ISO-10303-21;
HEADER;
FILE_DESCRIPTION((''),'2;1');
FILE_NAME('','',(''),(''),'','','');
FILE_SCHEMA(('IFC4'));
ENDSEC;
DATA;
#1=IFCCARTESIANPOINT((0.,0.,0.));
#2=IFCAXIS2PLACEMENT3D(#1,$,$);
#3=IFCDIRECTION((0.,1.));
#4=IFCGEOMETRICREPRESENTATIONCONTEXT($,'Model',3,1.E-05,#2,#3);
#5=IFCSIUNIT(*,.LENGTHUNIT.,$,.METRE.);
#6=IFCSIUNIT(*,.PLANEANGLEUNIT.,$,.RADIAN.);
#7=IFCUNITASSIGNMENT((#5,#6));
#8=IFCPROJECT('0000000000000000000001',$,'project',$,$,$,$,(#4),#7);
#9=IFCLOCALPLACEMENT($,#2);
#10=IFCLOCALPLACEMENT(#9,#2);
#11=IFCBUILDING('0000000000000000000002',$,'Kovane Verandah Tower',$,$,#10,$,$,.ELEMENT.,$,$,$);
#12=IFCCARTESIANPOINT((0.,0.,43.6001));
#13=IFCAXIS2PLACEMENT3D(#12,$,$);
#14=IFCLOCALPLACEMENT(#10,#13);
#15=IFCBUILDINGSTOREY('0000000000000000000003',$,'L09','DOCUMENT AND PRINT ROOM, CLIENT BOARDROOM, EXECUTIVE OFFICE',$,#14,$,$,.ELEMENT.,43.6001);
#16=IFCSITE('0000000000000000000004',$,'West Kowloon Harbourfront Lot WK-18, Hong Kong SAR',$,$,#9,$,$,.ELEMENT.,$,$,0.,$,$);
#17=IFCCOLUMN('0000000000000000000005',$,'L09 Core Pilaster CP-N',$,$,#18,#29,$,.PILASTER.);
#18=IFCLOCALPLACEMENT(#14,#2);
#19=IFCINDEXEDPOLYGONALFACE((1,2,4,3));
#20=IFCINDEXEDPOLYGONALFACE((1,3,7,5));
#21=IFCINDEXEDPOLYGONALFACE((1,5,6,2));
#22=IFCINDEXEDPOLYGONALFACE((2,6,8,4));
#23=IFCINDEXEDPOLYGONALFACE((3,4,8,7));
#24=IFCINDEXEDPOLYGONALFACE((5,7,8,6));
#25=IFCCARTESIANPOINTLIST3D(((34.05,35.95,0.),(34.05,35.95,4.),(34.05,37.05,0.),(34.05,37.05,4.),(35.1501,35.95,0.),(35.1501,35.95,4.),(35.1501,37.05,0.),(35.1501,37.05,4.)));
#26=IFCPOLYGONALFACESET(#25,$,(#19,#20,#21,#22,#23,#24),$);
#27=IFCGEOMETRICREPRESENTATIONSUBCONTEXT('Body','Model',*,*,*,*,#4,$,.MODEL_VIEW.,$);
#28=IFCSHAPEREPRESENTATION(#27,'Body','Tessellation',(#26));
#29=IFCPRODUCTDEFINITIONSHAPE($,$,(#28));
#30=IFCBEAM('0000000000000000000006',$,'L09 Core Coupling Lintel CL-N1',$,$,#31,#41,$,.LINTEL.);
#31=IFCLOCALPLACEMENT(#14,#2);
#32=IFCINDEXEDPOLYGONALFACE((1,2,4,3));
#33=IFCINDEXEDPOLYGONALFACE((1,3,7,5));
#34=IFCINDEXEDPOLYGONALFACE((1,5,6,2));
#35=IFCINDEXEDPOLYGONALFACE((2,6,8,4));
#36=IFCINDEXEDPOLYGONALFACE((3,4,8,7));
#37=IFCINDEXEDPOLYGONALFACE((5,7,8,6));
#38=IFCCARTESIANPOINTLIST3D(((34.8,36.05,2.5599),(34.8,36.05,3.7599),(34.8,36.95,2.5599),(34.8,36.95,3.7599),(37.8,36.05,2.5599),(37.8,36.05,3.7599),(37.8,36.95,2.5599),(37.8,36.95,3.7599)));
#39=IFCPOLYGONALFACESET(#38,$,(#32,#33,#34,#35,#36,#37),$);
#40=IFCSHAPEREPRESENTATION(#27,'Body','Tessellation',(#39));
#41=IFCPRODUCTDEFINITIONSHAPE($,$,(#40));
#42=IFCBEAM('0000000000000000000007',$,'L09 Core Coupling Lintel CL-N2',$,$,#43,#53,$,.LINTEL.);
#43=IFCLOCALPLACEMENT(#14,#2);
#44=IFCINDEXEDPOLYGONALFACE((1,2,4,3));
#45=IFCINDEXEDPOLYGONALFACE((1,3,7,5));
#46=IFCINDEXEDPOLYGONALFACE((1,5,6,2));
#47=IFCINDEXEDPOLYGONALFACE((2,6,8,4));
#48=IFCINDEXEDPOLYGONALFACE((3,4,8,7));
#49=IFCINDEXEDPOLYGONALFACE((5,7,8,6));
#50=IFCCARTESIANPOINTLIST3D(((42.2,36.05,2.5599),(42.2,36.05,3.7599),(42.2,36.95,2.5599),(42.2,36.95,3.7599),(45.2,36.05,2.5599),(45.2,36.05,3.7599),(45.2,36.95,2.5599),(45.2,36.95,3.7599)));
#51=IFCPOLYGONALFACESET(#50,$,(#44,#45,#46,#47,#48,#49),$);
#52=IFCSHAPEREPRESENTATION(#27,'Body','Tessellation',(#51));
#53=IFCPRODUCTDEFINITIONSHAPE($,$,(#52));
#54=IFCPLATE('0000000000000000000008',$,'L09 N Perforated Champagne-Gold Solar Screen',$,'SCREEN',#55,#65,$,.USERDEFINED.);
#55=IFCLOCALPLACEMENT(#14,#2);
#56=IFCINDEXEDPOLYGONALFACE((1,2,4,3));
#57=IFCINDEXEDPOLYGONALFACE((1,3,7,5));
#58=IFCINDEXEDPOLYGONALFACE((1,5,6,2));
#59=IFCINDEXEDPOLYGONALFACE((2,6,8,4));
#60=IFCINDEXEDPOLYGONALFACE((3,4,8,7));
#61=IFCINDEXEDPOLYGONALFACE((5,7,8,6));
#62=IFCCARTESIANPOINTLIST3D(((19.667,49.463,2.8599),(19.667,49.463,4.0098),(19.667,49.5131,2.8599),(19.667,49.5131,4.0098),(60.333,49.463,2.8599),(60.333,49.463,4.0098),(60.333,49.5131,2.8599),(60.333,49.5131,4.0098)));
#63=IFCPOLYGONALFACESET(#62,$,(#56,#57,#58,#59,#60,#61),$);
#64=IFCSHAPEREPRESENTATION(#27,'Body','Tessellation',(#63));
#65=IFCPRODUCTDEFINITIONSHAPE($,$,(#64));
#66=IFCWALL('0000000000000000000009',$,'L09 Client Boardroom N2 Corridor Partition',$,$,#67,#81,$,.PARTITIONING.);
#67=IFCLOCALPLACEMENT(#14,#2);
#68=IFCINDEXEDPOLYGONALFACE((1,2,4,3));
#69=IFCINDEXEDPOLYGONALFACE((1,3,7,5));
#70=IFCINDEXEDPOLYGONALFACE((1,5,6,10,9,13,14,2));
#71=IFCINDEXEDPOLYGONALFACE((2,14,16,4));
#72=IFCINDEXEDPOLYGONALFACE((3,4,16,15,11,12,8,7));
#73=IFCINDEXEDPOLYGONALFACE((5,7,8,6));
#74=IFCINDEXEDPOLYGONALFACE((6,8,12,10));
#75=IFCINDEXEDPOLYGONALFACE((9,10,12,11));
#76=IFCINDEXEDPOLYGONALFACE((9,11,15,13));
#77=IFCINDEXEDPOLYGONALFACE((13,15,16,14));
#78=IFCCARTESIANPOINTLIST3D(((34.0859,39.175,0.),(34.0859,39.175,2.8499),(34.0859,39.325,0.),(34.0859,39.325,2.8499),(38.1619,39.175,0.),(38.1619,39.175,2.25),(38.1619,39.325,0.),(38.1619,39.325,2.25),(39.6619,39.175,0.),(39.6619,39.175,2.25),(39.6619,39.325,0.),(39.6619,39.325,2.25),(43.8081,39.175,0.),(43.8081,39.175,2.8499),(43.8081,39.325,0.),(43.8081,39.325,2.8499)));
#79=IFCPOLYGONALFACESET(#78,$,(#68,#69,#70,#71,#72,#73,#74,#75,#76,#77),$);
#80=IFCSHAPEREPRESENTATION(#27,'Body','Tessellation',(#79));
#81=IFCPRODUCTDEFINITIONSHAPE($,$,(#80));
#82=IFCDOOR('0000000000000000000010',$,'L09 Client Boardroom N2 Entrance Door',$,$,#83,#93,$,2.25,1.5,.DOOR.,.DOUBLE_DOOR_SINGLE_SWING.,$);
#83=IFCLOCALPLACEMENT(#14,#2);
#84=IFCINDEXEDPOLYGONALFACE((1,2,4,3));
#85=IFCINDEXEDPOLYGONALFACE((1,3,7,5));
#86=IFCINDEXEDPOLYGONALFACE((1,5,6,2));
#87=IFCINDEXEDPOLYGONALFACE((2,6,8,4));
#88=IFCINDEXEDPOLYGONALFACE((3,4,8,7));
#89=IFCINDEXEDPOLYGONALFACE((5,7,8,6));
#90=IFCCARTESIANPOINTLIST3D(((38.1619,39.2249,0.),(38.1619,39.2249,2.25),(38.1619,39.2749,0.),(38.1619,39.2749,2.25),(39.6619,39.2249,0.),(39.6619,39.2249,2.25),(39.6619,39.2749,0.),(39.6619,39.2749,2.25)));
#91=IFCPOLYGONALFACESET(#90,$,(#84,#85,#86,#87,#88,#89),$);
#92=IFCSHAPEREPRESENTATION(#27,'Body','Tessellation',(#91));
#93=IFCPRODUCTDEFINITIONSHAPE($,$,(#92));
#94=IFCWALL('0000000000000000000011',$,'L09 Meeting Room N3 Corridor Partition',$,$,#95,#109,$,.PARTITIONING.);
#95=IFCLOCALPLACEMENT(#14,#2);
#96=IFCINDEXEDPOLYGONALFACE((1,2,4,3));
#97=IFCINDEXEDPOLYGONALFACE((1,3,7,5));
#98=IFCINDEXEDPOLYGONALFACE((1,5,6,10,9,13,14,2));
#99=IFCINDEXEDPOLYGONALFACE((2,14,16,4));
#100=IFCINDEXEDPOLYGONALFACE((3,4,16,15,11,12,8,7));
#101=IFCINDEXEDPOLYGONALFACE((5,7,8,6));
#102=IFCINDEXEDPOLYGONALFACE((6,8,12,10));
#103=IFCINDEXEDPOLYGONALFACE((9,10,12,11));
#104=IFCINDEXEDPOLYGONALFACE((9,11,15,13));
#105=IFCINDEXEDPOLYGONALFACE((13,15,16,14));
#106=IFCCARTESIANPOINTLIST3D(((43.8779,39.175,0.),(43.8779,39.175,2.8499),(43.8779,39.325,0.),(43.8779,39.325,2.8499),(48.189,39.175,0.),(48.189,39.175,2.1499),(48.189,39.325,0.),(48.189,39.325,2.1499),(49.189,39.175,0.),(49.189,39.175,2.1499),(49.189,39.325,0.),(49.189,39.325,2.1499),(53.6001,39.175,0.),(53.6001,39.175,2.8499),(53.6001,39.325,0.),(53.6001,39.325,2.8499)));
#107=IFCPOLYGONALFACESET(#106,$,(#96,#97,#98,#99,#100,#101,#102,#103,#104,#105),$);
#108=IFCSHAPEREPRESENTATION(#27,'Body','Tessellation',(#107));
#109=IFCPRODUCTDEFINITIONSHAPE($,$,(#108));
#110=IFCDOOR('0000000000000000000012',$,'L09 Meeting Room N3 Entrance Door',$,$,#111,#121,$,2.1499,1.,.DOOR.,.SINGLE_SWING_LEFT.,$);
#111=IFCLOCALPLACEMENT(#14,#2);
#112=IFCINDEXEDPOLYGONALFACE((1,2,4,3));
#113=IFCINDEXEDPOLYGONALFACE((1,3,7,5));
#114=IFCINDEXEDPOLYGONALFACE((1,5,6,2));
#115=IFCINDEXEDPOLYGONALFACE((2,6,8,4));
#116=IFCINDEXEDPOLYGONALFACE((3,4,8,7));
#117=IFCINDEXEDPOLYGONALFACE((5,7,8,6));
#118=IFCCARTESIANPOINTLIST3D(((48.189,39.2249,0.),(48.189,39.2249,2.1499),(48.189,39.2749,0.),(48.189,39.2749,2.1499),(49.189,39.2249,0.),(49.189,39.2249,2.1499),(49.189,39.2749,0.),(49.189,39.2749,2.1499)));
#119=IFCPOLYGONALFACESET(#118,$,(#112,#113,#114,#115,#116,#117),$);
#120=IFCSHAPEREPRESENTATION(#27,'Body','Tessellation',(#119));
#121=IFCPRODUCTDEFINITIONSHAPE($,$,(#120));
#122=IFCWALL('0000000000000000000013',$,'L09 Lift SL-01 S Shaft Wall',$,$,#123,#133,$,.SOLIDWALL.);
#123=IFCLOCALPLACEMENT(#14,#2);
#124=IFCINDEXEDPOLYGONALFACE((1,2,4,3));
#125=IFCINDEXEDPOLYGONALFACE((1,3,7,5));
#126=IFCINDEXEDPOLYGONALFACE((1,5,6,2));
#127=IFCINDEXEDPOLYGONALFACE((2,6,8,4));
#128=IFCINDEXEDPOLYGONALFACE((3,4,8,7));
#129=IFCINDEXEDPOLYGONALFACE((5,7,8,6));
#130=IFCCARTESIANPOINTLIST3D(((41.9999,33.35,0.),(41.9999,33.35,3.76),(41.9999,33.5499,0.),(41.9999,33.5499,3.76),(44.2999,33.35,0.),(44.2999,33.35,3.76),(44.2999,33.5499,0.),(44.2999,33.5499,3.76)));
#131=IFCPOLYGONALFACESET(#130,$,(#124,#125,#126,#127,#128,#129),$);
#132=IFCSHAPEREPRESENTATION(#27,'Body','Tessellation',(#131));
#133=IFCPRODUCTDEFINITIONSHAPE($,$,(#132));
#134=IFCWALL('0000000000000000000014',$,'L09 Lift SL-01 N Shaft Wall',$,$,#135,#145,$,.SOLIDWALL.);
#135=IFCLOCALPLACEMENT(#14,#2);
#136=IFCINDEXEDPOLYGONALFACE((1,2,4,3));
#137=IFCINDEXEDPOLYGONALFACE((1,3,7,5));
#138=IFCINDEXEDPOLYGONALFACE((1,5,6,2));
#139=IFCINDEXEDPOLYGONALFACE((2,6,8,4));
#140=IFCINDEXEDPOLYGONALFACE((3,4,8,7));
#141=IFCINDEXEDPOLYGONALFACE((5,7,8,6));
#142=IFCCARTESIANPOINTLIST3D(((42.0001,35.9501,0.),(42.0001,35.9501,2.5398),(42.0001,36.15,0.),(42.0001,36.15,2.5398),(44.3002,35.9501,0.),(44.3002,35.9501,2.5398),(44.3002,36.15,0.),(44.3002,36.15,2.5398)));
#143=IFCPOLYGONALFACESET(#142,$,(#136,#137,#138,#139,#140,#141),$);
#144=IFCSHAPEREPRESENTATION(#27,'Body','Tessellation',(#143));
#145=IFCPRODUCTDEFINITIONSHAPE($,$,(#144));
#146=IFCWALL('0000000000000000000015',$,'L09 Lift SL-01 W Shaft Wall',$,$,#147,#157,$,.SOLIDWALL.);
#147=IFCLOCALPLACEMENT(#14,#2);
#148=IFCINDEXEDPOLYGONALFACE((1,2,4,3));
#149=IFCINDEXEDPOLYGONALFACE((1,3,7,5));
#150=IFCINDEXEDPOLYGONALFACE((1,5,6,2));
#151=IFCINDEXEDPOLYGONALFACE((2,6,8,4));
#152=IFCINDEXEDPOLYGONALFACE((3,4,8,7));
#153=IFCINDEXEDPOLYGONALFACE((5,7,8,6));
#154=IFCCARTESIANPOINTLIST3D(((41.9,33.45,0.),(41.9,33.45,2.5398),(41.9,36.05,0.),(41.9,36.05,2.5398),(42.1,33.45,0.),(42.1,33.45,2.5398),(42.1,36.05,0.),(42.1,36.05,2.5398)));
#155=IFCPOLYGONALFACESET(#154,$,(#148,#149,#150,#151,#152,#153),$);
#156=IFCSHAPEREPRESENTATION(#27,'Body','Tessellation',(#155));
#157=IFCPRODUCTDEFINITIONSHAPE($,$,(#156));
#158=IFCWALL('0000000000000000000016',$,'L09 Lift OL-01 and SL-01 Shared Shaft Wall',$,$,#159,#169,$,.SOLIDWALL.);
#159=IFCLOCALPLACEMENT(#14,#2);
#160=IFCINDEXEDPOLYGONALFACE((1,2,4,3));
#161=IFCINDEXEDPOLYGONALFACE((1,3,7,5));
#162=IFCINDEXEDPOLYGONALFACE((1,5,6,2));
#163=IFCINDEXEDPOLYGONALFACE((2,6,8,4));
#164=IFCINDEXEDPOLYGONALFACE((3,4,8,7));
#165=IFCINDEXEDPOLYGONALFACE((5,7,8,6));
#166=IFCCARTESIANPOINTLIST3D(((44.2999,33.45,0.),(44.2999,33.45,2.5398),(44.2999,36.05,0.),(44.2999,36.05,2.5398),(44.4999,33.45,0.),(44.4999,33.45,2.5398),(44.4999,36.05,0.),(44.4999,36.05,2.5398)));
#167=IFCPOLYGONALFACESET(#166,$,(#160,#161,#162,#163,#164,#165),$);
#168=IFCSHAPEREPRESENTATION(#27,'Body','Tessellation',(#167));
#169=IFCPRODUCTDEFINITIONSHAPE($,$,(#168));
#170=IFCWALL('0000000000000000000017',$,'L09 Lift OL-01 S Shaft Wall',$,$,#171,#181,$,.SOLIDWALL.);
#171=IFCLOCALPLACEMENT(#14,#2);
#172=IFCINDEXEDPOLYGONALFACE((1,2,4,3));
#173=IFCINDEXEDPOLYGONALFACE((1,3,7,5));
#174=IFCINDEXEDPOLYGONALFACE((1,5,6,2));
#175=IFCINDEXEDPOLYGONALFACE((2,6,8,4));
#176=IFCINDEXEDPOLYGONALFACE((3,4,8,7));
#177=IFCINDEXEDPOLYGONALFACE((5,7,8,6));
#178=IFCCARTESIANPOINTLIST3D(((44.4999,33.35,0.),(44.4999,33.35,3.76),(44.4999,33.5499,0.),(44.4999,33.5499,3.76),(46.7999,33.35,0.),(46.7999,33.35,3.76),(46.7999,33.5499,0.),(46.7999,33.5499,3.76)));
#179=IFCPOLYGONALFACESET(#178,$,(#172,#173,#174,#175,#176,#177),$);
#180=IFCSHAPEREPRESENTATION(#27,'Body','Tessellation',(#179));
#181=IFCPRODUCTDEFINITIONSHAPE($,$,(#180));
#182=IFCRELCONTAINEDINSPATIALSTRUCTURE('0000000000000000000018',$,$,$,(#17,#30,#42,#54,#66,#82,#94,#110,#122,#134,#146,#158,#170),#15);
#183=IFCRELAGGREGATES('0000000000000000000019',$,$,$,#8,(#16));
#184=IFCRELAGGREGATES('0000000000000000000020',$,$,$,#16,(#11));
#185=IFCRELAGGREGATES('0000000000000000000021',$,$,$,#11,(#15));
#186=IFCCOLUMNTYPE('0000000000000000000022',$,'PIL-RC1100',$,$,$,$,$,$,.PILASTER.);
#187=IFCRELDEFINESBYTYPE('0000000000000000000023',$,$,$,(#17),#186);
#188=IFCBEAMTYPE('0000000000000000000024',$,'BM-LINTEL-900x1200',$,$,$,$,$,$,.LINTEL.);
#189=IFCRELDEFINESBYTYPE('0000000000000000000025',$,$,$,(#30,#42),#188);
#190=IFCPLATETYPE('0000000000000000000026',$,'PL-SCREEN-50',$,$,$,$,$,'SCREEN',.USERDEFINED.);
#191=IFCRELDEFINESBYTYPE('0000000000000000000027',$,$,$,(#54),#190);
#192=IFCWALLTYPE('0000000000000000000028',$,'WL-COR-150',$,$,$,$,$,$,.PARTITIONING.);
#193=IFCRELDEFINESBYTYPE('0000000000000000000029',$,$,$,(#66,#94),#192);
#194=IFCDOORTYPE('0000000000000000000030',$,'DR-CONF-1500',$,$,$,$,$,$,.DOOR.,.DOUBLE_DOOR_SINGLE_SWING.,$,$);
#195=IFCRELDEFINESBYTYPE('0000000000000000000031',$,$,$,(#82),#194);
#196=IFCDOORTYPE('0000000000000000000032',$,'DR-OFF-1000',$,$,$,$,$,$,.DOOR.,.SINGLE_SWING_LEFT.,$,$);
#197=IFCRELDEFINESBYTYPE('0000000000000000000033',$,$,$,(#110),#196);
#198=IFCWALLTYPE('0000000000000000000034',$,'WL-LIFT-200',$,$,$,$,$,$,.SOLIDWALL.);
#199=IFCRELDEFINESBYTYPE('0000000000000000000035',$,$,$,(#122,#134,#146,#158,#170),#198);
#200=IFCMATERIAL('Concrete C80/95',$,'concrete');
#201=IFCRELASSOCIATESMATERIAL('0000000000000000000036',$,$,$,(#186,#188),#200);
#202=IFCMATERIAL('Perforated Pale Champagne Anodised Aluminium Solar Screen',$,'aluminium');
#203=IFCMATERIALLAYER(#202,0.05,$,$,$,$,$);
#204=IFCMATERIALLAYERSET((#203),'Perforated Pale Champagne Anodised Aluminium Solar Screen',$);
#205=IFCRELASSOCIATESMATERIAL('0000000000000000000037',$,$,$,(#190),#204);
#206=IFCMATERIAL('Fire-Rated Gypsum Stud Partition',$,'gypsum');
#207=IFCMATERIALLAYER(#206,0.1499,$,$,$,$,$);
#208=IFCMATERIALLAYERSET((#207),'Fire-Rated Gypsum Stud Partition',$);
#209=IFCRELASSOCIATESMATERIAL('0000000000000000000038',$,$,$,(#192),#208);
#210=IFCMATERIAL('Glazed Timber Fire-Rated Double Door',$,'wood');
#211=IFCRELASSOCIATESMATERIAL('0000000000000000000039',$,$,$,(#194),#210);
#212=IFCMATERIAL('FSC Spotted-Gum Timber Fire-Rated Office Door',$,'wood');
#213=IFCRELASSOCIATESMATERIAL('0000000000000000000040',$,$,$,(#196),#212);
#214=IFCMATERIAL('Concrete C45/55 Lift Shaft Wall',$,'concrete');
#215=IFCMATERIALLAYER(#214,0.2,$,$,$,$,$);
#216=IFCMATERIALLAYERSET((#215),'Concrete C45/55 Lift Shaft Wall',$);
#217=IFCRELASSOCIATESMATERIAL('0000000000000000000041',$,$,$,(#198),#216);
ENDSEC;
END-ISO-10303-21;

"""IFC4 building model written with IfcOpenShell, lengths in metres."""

from ifc_helpers import new_model, si_unit, direction, frame, frame_2d, origin, origin_2d, place, context, subcontext, project, spatial, rectangle, extrude, material, layer, layer_set, material_profile, profile_set, type_object, element, fill, save


model = new_model("IFC4")

# Units and contexts
model_context = context("Model", 3, precision=1e-05, world=origin(), true_north=direction((0.0, 1.0)))
body_context = subcontext(model_context, "Body", "Model", "MODEL_VIEW")
ifc_project = project(units=[si_unit("LENGTHUNIT", "METRE"), si_unit("PLANEANGLEUNIT", "RADIAN")], contexts=[model_context])

# Site, building, storey
site_placement = place(None, origin())
site = spatial("IfcSite", under=ifc_project, at=site_placement, Name="West Kowloon Harbourfront Lot WK-18, Hong Kong SAR", CompositionType="ELEMENT", RefElevation=0.0)
building_placement = place(site_placement, origin())
building = spatial("IfcBuilding", under=site, at=building_placement, Name="Kovane Verandah Tower", CompositionType="ELEMENT")
storey_placement = place(building_placement, frame((0.0, 0.0, 43.6001)))
storey = spatial("IfcBuildingStorey", under=building, at=storey_placement, Name="L09", Description="DOCUMENT AND PRINT ROOM, CLIENT BOARDROOM, EXECUTIVE OFFICE", CompositionType="ELEMENT", Elevation=43.6001)

# Column
ifc_material_1 = material(Name="Concrete C80/95", Category="concrete")
ifc_material_profile_1 = material_profile(ifc_material_1, rectangle(XDim=1.1001, YDim=1.1001, at=origin_2d()), Name="RC1100x1100")
ifc_profile_set_1 = profile_set([ifc_material_profile_1], Name="Concrete C80/95")
column_type = type_object("IfcColumnType", Name="PIL-RC1100", PredefinedType="PILASTER", material=ifc_profile_set_1)
column_placement = place(storey_placement, frame((34.6001, 36.5, 0.0), z_axis=(0.0, 0.0, 1.0), x_axis=(1.0, 0.0, 0.0)))
element("IfcColumn", 1, at=column_placement, inside=storey, type_object=column_type, Name="L09 Core Pilaster CP-N", PredefinedType="PILASTER", context=body_context, shape_type="SweptSolid", body=[
    extrude(rectangle(XDim=1.1001, YDim=1.1001, at=origin_2d()), origin(), (0.0, 0.0, 1.0), 4.0),
])

# Beams
ifc_material_profile_2 = material_profile(ifc_material_1, rectangle(XDim=0.8999, YDim=1.2, at=origin_2d()), Name="RCB900x1200")
ifc_profile_set_2 = profile_set([ifc_material_profile_2], Name="Concrete C80/95")
beam_type = type_object("IfcBeamType", Name="BM-LINTEL-900x1200", PredefinedType="LINTEL", material=ifc_profile_set_2)
for number, where, z_axis, x_axis, name in (
    (2, (34.8, 36.5, 3.1599), (1.0, 0.0, 0.0), (0.0, 1.0, 0.0), "L09 Core Coupling Lintel CL-N1"),
    (3, (42.2, 36.5, 3.1599), (1.0, 0.0, 0.0), (0.0, 1.0, 0.0), "L09 Core Coupling Lintel CL-N2"),
):
    element("IfcBeam", number, at=place(storey_placement, frame(where, z_axis=z_axis, x_axis=x_axis)), inside=storey, type_object=beam_type, Name=name, PredefinedType="LINTEL", context=body_context, shape_type="SweptSolid", body=[
        extrude(rectangle(XDim=0.8999, YDim=1.2, at=origin_2d()), origin(), (0.0, 0.0, 1.0), 3.0),
    ])

# Plate
ifc_material_2 = material(Name="Perforated Pale Champagne Anodised Aluminium Solar Screen", Category="aluminium")
ifc_layer_1 = layer(ifc_material_2, 0.05)
ifc_layer_set_1 = layer_set([ifc_layer_1], Name="Perforated Pale Champagne Anodised Aluminium Solar Screen")
plate_type = type_object("IfcPlateType", Name="PL-SCREEN-50", ElementType="SCREEN", PredefinedType="USERDEFINED", material=ifc_layer_set_1)
plate_placement = place(storey_placement, frame((40.0, 49.488, 2.8599), z_axis=(0.0, 0.0, 1.0), x_axis=(-1.0, 0.0, 0.0)))
element("IfcPlate", 4, at=plate_placement, inside=storey, type_object=plate_type, Name="L09 N Perforated Champagne-Gold Solar Screen", ObjectType="SCREEN", PredefinedType="USERDEFINED", context=body_context, shape_type="SweptSolid", body=[
    extrude(rectangle(XDim=40.666, YDim=0.05, at=origin_2d()), origin(), (0.0, 0.0, 1.0), 1.1499),
])

# Walls, openings, doors
ifc_material_3 = material(Name="Fire-Rated Gypsum Stud Partition", Category="gypsum")
ifc_layer_2 = layer(ifc_material_3, 0.1499)
ifc_layer_set_2 = layer_set([ifc_layer_2], Name="Fire-Rated Gypsum Stud Partition")
wall_type_1 = type_object("IfcWallType", Name="WL-COR-150", PredefinedType="PARTITIONING", material=ifc_layer_set_2)
wall_1_placement = place(storey_placement, frame((34.0859, 39.25, 0.0), z_axis=(0.0, 0.0, 1.0), x_axis=(1.0, 0.0, 0.0)))
wall_1 = element("IfcWall", 5, at=wall_1_placement, inside=storey, type_object=wall_type_1, Name="L09 Client Boardroom N2 Corridor Partition", PredefinedType="PARTITIONING", context=body_context, shape_type="SweptSolid", body=[
    extrude(rectangle(XDim=9.7222, YDim=0.1499, at=frame_2d((4.8611, 0.0))), origin(), (0.0, 0.0, 1.0), 2.8499),
])
opening_1_placement = place(wall_1_placement, frame((4.0759, 0.0, 0.0)))
opening_1 = element("IfcOpeningElement", 6, at=opening_1_placement, cuts=wall_1, PredefinedType="OPENING", context=body_context, shape_type="SweptSolid", body=[
    extrude(rectangle(XDim=1.5, YDim=2.25, at=frame_2d((0.75, 1.125))), frame((0.0, 0.075, 0.0), z_axis=(0.0, -1.0, 0.0), x_axis=(1.0, 0.0, 0.0)), (0.0, 0.0, 1.0), 0.1499),
])
ifc_material_4 = material(Name="Glazed Timber Fire-Rated Double Door", Category="wood")
door_type_1 = type_object("IfcDoorType", Name="DR-CONF-1500", OperationType="DOUBLE_DOOR_SINGLE_SWING", PredefinedType="DOOR", material=ifc_material_4)
door_1_placement = place(opening_1_placement, origin())
door_1 = element("IfcDoor", 7, at=door_1_placement, inside=storey, type_object=door_type_1, Name="L09 Client Boardroom N2 Entrance Door", OperationType="DOUBLE_DOOR_SINGLE_SWING", OverallHeight=2.25, OverallWidth=1.5, PredefinedType="DOOR", context=body_context, shape_type="SweptSolid", body=[
    extrude(rectangle(XDim=1.5, YDim=2.25, at=frame_2d((0.75, 1.125))), frame((0.0, 0.0249, 0.0), z_axis=(0.0, -1.0, 0.0), x_axis=(1.0, 0.0, 0.0)), (0.0, 0.0, 1.0), 0.05),
])
fill(opening_1, door_1)
wall_2_placement = place(storey_placement, frame((43.8779, 39.25, 0.0), z_axis=(0.0, 0.0, 1.0), x_axis=(1.0, 0.0, 0.0)))
wall_2 = element("IfcWall", 8, at=wall_2_placement, inside=storey, type_object=wall_type_1, Name="L09 Meeting Room N3 Corridor Partition", PredefinedType="PARTITIONING", context=body_context, shape_type="SweptSolid", body=[
    extrude(rectangle(XDim=9.7222, YDim=0.1499, at=frame_2d((4.8611, 0.0))), origin(), (0.0, 0.0, 1.0), 2.8499),
])
opening_2_placement = place(wall_2_placement, frame((4.311, 0.0, 0.0)))
opening_2 = element("IfcOpeningElement", 9, at=opening_2_placement, cuts=wall_2, PredefinedType="OPENING", context=body_context, shape_type="SweptSolid", body=[
    extrude(rectangle(XDim=1.0, YDim=2.1499, at=frame_2d((0.5, 1.075))), frame((0.0, 0.075, 0.0), z_axis=(0.0, -1.0, 0.0), x_axis=(1.0, 0.0, 0.0)), (0.0, 0.0, 1.0), 0.1499),
])
ifc_material_5 = material(Name="FSC Spotted-Gum Timber Fire-Rated Office Door", Category="wood")
door_type_2 = type_object("IfcDoorType", Name="DR-OFF-1000", OperationType="SINGLE_SWING_LEFT", PredefinedType="DOOR", material=ifc_material_5)
door_2_placement = place(opening_2_placement, origin())
door_2 = element("IfcDoor", 10, at=door_2_placement, inside=storey, type_object=door_type_2, Name="L09 Meeting Room N3 Entrance Door", OperationType="SINGLE_SWING_LEFT", OverallHeight=2.1499, OverallWidth=1.0, PredefinedType="DOOR", context=body_context, shape_type="SweptSolid", body=[
    extrude(rectangle(XDim=1.0, YDim=2.1499, at=frame_2d((0.5, 1.075))), frame((0.0, 0.0249, 0.0), z_axis=(0.0, -1.0, 0.0), x_axis=(1.0, 0.0, 0.0)), (0.0, 0.0, 1.0), 0.05),
])
fill(opening_2, door_2)

# Walls
ifc_material_6 = material(Name="Concrete C45/55 Lift Shaft Wall", Category="concrete")
ifc_layer_3 = layer(ifc_material_6, 0.2)
ifc_layer_set_3 = layer_set([ifc_layer_3], Name="Concrete C45/55 Lift Shaft Wall")
wall_type_2 = type_object("IfcWallType", Name="WL-LIFT-200", PredefinedType="SOLIDWALL", material=ifc_layer_set_3)
wall_3_placement = place(storey_placement, frame((42.0, 33.45, 0.0), z_axis=(0.0, 0.0, 1.0), x_axis=(1.0, 0.0, 0.0)))
element("IfcWall", 11, at=wall_3_placement, inside=storey, type_object=wall_type_2, Name="L09 Lift SL-01 S Shaft Wall", PredefinedType="SOLIDWALL", context=body_context, shape_type="SweptSolid", body=[
    extrude(rectangle(XDim=2.3, YDim=0.2, at=frame_2d((1.1499, 0.0))), origin(), (0.0, 0.0, 1.0), 3.76),
])
wall_4_placement = place(storey_placement, frame((44.3, 36.05, 0.0), z_axis=(0.0, 0.0, 1.0), x_axis=(-1.0, 0.0, 0.0)))
element("IfcWall", 12, at=wall_4_placement, inside=storey, type_object=wall_type_2, Name="L09 Lift SL-01 N Shaft Wall", PredefinedType="SOLIDWALL", context=body_context, shape_type="SweptSolid", body=[
    extrude(rectangle(XDim=2.3, YDim=0.2, at=frame_2d((1.1499, 0.0))), origin(), (0.0, 0.0, 1.0), 2.5398),
])
for number, where, z_axis, x_axis, name in (
    (13, (42.0, 36.05, 0.0), (0.0, 0.0, 1.0), (0.0, -1.0, 0.0), "L09 Lift SL-01 W Shaft Wall"),
    (14, (44.3999, 33.45, 0.0), (0.0, 0.0, 1.0), (0.0, 1.0, 0.0), "L09 Lift OL-01 and SL-01 Shared Shaft Wall"),
):
    element("IfcWall", number, at=place(storey_placement, frame(where, z_axis=z_axis, x_axis=x_axis)), inside=storey, type_object=wall_type_2, Name=name, PredefinedType="SOLIDWALL", context=body_context, shape_type="SweptSolid", body=[
        extrude(rectangle(XDim=2.6001, YDim=0.2, at=frame_2d((1.3, 0.0))), origin(), (0.0, 0.0, 1.0), 2.5398),
    ])
wall_5_placement = place(storey_placement, frame((44.5, 33.45, 0.0), z_axis=(0.0, 0.0, 1.0), x_axis=(1.0, 0.0, 0.0)))
element("IfcWall", 15, at=wall_5_placement, inside=storey, type_object=wall_type_2, Name="L09 Lift OL-01 S Shaft Wall", PredefinedType="SOLIDWALL", context=body_context, shape_type="SweptSolid", body=[
    extrude(rectangle(XDim=2.3, YDim=0.2, at=frame_2d((1.1499, 0.0))), origin(), (0.0, 0.0, 1.0), 3.76),
])

save(model, "model.ifc")
